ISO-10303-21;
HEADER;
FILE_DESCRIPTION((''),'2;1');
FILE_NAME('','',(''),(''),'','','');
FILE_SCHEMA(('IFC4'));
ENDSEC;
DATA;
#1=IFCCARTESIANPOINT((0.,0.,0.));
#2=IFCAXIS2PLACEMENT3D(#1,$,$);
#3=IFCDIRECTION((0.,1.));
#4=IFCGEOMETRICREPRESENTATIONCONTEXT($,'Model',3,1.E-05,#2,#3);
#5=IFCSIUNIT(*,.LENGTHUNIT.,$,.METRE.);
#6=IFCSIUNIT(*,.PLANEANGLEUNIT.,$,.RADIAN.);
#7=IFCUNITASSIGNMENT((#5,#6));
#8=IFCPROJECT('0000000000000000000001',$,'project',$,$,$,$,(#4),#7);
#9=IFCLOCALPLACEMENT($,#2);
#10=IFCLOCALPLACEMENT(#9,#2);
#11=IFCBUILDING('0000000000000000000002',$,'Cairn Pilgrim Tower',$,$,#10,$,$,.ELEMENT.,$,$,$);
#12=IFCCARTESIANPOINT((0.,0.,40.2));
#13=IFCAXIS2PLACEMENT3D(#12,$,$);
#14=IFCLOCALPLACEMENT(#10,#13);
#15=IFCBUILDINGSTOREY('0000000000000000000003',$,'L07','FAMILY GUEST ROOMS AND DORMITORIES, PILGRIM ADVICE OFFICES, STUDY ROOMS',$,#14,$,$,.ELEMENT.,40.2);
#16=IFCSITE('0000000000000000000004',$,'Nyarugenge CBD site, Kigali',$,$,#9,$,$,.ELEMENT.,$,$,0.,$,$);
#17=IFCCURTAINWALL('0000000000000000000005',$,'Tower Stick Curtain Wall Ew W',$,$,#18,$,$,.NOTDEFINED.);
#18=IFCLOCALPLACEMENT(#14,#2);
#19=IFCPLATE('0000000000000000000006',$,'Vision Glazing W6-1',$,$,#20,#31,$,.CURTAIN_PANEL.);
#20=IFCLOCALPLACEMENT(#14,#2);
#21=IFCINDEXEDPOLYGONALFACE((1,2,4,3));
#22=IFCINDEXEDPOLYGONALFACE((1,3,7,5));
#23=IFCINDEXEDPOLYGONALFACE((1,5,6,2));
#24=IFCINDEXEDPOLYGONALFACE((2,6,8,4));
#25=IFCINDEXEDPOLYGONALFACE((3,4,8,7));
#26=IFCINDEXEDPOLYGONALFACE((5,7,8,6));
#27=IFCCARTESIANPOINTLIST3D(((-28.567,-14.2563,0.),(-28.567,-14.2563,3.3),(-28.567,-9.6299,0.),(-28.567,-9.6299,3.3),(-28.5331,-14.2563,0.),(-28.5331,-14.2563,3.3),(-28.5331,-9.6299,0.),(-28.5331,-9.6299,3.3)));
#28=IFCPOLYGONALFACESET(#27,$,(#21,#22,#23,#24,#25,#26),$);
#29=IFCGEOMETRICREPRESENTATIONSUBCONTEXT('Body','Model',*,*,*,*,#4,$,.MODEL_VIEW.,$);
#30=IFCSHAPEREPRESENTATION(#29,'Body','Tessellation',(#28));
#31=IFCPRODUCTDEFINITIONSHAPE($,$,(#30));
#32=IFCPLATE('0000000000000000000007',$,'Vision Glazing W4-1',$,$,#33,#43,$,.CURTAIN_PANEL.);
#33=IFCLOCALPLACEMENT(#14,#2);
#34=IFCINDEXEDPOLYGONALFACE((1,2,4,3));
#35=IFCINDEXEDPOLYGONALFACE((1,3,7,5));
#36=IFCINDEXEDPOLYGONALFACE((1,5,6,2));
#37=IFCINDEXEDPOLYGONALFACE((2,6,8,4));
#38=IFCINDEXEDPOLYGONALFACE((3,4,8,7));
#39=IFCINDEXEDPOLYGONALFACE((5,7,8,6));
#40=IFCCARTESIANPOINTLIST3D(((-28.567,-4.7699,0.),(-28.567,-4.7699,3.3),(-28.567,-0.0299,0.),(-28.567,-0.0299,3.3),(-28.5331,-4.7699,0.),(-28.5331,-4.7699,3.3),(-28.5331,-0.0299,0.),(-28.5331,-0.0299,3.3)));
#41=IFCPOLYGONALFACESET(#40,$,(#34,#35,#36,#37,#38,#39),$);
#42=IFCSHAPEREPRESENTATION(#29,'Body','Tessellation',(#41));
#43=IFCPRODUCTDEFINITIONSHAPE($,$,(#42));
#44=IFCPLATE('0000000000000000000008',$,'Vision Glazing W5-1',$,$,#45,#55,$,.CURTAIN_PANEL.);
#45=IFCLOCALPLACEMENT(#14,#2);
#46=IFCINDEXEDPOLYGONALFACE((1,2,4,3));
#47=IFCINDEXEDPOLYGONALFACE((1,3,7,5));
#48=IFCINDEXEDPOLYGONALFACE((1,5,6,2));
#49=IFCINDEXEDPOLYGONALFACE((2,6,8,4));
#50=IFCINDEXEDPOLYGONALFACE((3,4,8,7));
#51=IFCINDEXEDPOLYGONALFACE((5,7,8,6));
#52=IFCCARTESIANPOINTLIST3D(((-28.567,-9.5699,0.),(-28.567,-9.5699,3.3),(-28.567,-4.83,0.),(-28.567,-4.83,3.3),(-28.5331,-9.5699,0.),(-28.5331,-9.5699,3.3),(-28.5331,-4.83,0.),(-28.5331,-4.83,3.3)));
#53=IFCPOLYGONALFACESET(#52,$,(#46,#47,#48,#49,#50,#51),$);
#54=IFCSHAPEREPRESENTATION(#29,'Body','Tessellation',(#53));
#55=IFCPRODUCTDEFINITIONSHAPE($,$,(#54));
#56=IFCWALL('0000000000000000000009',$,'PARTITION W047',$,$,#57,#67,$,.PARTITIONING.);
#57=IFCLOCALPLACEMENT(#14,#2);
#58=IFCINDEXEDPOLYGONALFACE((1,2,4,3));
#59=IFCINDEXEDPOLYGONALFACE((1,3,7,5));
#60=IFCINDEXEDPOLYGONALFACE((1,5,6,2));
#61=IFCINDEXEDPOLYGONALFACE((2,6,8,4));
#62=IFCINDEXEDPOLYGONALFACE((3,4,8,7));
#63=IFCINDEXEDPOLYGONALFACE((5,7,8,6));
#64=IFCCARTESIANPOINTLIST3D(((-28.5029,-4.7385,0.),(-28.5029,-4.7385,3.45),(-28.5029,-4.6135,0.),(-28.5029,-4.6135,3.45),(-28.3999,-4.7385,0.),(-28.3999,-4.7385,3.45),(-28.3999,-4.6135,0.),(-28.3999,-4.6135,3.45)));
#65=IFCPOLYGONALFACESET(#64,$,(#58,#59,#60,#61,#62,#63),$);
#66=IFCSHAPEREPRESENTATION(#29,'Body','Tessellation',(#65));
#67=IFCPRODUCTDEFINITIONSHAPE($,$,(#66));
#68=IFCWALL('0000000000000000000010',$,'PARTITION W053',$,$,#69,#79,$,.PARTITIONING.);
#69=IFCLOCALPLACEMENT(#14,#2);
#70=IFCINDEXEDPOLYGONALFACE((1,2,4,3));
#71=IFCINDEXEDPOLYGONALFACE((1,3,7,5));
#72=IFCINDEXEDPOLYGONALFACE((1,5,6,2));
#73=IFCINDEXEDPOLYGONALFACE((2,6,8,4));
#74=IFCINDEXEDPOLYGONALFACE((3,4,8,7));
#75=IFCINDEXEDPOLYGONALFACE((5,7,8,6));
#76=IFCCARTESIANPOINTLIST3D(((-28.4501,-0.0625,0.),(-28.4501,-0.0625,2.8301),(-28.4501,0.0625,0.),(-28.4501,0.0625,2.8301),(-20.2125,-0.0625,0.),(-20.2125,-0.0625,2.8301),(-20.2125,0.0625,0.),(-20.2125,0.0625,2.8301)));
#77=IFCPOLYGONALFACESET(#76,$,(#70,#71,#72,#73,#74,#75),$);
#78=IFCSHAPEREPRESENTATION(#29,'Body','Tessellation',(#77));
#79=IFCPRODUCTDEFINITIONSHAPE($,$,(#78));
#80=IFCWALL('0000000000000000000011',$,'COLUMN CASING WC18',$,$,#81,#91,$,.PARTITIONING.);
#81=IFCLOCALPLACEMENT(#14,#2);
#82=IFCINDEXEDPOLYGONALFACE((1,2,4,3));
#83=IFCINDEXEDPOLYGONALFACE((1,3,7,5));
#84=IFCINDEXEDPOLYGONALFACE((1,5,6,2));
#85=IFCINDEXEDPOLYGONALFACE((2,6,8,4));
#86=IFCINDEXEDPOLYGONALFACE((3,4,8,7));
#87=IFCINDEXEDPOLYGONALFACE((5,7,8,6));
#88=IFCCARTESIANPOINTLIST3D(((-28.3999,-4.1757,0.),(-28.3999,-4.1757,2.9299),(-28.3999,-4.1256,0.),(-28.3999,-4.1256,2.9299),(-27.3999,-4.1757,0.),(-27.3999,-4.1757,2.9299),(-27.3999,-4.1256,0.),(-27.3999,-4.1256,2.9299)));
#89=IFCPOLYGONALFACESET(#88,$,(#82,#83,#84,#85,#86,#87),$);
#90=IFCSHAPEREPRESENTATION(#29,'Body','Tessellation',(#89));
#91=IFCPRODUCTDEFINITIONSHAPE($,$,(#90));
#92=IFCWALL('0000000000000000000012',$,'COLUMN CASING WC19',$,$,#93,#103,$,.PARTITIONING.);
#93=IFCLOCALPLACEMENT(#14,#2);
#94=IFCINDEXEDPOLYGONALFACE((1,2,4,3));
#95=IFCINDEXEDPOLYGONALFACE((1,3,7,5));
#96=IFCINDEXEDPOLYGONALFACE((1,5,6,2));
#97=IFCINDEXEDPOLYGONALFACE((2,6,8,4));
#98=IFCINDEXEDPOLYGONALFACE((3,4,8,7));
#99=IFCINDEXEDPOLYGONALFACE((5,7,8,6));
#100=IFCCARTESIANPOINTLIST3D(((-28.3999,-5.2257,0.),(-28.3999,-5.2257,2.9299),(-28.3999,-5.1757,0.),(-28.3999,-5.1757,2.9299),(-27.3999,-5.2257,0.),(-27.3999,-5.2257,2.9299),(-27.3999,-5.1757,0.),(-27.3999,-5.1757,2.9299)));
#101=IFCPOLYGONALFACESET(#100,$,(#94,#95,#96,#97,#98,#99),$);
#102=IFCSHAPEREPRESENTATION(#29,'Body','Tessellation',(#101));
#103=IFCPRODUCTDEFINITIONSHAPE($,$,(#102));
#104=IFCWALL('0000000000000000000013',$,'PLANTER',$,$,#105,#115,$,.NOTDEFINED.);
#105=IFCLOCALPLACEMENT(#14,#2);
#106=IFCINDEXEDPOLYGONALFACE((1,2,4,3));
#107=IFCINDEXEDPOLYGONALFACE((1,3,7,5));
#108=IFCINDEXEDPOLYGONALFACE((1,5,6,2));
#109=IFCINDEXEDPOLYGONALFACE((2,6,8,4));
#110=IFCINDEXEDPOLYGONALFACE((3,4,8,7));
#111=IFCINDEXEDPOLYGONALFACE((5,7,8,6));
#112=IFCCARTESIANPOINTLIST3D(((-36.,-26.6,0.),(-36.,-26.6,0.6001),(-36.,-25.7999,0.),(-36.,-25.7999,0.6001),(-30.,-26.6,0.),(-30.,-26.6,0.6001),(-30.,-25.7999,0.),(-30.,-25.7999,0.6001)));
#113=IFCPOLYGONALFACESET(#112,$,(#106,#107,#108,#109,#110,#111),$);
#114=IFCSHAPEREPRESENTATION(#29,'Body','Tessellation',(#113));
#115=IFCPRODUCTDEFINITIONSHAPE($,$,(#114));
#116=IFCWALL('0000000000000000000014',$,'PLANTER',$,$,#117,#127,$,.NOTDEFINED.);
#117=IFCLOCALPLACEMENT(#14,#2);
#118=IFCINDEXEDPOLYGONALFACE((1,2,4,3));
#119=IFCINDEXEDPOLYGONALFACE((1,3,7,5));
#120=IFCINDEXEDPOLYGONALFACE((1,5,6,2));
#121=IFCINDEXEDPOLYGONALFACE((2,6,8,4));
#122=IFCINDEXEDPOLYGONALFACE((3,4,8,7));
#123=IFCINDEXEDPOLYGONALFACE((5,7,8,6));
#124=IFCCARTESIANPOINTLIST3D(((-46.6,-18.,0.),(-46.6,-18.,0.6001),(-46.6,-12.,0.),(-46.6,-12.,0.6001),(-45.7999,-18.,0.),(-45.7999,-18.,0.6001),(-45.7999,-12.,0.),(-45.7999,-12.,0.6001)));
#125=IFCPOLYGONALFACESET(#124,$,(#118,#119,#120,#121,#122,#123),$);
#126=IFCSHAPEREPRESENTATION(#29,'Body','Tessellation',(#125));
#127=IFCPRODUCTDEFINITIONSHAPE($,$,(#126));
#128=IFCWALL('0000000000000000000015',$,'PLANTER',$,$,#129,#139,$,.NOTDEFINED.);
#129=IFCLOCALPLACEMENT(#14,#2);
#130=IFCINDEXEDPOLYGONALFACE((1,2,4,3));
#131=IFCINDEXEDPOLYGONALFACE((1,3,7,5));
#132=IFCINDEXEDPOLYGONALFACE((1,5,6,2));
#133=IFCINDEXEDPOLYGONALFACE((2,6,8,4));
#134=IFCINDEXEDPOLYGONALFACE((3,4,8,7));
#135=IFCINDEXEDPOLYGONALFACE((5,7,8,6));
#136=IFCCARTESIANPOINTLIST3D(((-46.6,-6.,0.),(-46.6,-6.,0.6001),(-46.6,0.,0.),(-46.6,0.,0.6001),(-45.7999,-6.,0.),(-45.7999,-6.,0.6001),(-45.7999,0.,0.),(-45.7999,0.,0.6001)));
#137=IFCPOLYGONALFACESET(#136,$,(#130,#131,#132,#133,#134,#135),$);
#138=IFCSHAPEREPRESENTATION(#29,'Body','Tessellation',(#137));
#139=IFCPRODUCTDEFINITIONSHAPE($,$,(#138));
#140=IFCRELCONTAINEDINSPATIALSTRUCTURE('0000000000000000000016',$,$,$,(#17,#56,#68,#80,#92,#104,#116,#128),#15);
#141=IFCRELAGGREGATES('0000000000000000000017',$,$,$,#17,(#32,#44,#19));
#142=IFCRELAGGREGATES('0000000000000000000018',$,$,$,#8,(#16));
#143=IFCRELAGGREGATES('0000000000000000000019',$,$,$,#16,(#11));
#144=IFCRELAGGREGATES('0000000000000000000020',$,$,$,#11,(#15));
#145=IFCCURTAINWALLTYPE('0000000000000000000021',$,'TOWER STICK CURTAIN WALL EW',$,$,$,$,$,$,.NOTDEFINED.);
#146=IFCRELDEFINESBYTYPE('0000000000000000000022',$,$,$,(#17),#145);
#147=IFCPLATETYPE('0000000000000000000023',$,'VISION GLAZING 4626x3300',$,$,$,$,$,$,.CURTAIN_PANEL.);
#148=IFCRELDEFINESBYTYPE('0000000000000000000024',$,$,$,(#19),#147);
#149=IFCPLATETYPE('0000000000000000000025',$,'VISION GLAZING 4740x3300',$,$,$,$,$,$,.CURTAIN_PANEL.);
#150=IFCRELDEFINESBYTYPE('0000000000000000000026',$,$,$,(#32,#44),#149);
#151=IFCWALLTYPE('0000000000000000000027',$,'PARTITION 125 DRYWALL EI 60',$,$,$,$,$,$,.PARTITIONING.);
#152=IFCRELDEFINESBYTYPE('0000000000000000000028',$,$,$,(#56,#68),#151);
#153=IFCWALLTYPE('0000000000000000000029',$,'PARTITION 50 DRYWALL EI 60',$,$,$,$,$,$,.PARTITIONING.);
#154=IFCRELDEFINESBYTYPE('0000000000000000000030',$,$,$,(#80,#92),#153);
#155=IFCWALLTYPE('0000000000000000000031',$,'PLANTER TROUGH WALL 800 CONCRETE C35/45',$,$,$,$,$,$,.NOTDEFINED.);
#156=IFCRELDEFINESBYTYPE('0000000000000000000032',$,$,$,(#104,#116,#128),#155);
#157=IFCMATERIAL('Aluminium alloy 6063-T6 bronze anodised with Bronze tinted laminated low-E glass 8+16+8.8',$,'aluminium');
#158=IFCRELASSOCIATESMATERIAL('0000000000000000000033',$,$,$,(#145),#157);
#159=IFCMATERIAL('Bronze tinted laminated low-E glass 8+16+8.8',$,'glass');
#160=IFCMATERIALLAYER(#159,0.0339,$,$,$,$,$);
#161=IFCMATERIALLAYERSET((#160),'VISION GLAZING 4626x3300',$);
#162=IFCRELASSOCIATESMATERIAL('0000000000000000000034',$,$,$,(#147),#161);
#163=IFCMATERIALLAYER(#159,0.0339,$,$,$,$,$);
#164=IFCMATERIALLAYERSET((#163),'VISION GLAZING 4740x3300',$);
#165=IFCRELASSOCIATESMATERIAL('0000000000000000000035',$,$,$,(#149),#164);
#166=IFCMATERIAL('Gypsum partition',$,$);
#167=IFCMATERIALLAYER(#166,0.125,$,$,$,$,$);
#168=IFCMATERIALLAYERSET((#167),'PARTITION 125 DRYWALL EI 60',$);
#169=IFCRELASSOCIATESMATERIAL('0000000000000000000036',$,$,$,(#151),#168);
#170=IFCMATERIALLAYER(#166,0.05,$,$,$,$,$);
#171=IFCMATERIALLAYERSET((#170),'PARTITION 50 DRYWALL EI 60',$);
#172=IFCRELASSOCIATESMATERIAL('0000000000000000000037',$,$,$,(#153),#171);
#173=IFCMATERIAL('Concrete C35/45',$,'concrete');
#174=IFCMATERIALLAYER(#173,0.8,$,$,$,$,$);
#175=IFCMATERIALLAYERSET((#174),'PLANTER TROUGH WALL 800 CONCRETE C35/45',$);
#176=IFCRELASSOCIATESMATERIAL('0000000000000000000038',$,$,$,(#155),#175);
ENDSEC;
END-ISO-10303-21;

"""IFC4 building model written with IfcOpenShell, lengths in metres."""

from ifc_helpers import new_model, si_unit, direction, frame, frame_2d, origin, origin_2d, place, context, subcontext, project, spatial, rectangle, extrude, material, layer, layer_set, type_object, element, aggregate, save


model = new_model("IFC4")

# Units and contexts
model_context = context("Model", 3, precision=1e-05, world=origin(), true_north=direction((0.0, 1.0)))
body_context = subcontext(model_context, "Body", "Model", "MODEL_VIEW")
ifc_project = project(units=[si_unit("LENGTHUNIT", "METRE"), si_unit("PLANEANGLEUNIT", "RADIAN")], contexts=[model_context])

# Site, building, storey
site_placement = place(None, origin())
site = spatial("IfcSite", under=ifc_project, at=site_placement, Name="Nyarugenge CBD site, Kigali", CompositionType="ELEMENT", RefElevation=0.0)
building_placement = place(site_placement, origin())
building = spatial("IfcBuilding", under=site, at=building_placement, Name="Cairn Pilgrim Tower", CompositionType="ELEMENT")
storey_placement = place(building_placement, frame((0.0, 0.0, 40.2)))
storey = spatial("IfcBuildingStorey", under=building, at=storey_placement, Name="L07", Description="FAMILY GUEST ROOMS AND DORMITORIES, PILGRIM ADVICE OFFICES, STUDY ROOMS", CompositionType="ELEMENT", Elevation=40.2)

# Curtain wall
ifc_material_1 = material(Name="Aluminium alloy 6063-T6 bronze anodised with Bronze tinted laminated low-E glass 8+16+8.8", Category="aluminium")
curtain_wall_type_1 = type_object("IfcCurtainWallType", Name="TOWER STICK CURTAIN WALL EW", PredefinedType="NOTDEFINED", material=ifc_material_1)
curtain_wall_1_placement = place(storey_placement, origin())
curtain_wall_1 = element("IfcCurtainWall", 1, at=curtain_wall_1_placement, inside=storey, type_object=curtain_wall_type_1, Name="Tower Stick Curtain Wall Ew W", PredefinedType="NOTDEFINED")

# Plates
ifc_material_2 = material(Name="Bronze tinted laminated low-E glass 8+16+8.8", Category="glass")
ifc_layer_1 = layer(ifc_material_2, 0.0339)
ifc_layer_set_1 = layer_set([ifc_layer_1], Name="VISION GLAZING 4626x3300")
plate_type_1 = type_object("IfcPlateType", Name="VISION GLAZING 4626x3300", PredefinedType="CURTAIN_PANEL", material=ifc_layer_set_1)
plate_1_placement = place(storey_placement, frame((-28.55, -11.9431, 0.0), z_axis=(0.0, 0.0, 1.0), x_axis=(0.0, -1.0, 0.0)))
plate_1 = element("IfcPlate", 2, at=plate_1_placement, type_object=plate_type_1, Name="Vision Glazing W6-1", PredefinedType="CURTAIN_PANEL", context=body_context, shape_type="SweptSolid", body=[
    extrude(rectangle(XDim=4.6265, YDim=0.0339, at=origin_2d()), origin(), (0.0, 0.0, 1.0), 3.3),
])
ifc_layer_2 = layer(ifc_material_2, 0.0339)
ifc_layer_set_2 = layer_set([ifc_layer_2], Name="VISION GLAZING 4740x3300")
plate_type_2 = type_object("IfcPlateType", Name="VISION GLAZING 4740x3300", PredefinedType="CURTAIN_PANEL", material=ifc_layer_set_2)
plate_2_placement = place(storey_placement, frame((-28.55, -2.3999, 0.0), z_axis=(0.0, 0.0, 1.0), x_axis=(0.0, -1.0, 0.0)))
plate_2 = element("IfcPlate", 3, at=plate_2_placement, type_object=plate_type_2, Name="Vision Glazing W4-1", PredefinedType="CURTAIN_PANEL", context=body_context, shape_type="SweptSolid", body=[
    extrude(rectangle(XDim=4.74, YDim=0.0339, at=origin_2d()), origin(), (0.0, 0.0, 1.0), 3.3),
])
plate_3_placement = place(storey_placement, frame((-28.55, -7.2, 0.0), z_axis=(0.0, 0.0, 1.0), x_axis=(0.0, -1.0, 0.0)))
plate_3 = element("IfcPlate", 4, at=plate_3_placement, type_object=plate_type_2, Name="Vision Glazing W5-1", PredefinedType="CURTAIN_PANEL", context=body_context, shape_type="SweptSolid", body=[
    extrude(rectangle(XDim=4.74, YDim=0.0339, at=origin_2d()), origin(), (0.0, 0.0, 1.0), 3.3),
])
aggregate(curtain_wall_1, [plate_2, plate_3, plate_1])

# Walls
ifc_material_3 = material(Name="Gypsum partition")
ifc_layer_3 = layer(ifc_material_3, 0.125)
ifc_layer_set_3 = layer_set([ifc_layer_3], Name="PARTITION 125 DRYWALL EI 60")
wall_type_1 = type_object("IfcWallType", Name="PARTITION 125 DRYWALL EI 60", PredefinedType="PARTITIONING", material=ifc_layer_set_3)
wall_1_placement = place(storey_placement, frame((-28.5029, -4.676, 0.0), z_axis=(0.0, 0.0, 1.0), x_axis=(1.0, 0.0, 0.0)))
element("IfcWall", 5, at=wall_1_placement, inside=storey, type_object=wall_type_1, Name="PARTITION W047", PredefinedType="PARTITIONING", context=body_context, shape_type="SweptSolid", body=[
    extrude(rectangle(XDim=0.103, YDim=0.125, at=frame_2d((0.0515, 0.0))), origin(), (0.0, 0.0, 1.0), 3.45),
])
wall_2_placement = place(storey_placement, frame((-28.45, 0.0, 0.0), z_axis=(0.0, 0.0, 1.0), x_axis=(1.0, 0.0, 0.0)))
element("IfcWall", 6, at=wall_2_placement, inside=storey, type_object=wall_type_1, Name="PARTITION W053", PredefinedType="PARTITIONING", context=body_context, shape_type="SweptSolid", body=[
    extrude(rectangle(XDim=8.2375, YDim=0.125, at=frame_2d((4.1187, 0.0))), origin(), (0.0, 0.0, 1.0), 2.8301),
])
ifc_layer_4 = layer(ifc_material_3, 0.05)
ifc_layer_set_4 = layer_set([ifc_layer_4], Name="PARTITION 50 DRYWALL EI 60")
wall_type_2 = type_object("IfcWallType", Name="PARTITION 50 DRYWALL EI 60", PredefinedType="PARTITIONING", material=ifc_layer_set_4)
for number, where, z_axis, x_axis, name in (
    (7, (-28.3999, -4.1506, 0.0), (0.0, 0.0, 1.0), (1.0, 0.0, 0.0), "COLUMN CASING WC18"),
    (8, (-28.3999, -5.2007, 0.0), (0.0, 0.0, 1.0), (1.0, 0.0, 0.0), "COLUMN CASING WC19"),
):
    element("IfcWall", number, at=place(storey_placement, frame(where, z_axis=z_axis, x_axis=x_axis)), inside=storey, type_object=wall_type_2, Name=name, PredefinedType="PARTITIONING", context=body_context, shape_type="SweptSolid", body=[
        extrude(rectangle(XDim=1.0, YDim=0.05, at=frame_2d((0.5, 0.0))), origin(), (0.0, 0.0, 1.0), 2.9299),
    ])
ifc_material_4 = material(Name="Concrete C35/45", Category="concrete")
ifc_layer_5 = layer(ifc_material_4, 0.8)
ifc_layer_set_5 = layer_set([ifc_layer_5], Name="PLANTER TROUGH WALL 800 CONCRETE C35/45")
wall_type_3 = type_object("IfcWallType", Name="PLANTER TROUGH WALL 800 CONCRETE C35/45", PredefinedType="NOTDEFINED", material=ifc_layer_set_5)
for number, where, z_axis, x_axis, name in (
    (9, (-36.0, -26.2, 0.0), (0.0, 0.0, 1.0), (1.0, 0.0, 0.0), "PLANTER"),
    (10, (-46.2, -18.0, 0.0), (0.0, 0.0, 1.0), (0.0, 1.0, 0.0), "PLANTER"),
    (11, (-46.2, -6.0, 0.0), (0.0, 0.0, 1.0), (0.0, 1.0, 0.0), "PLANTER"),
):
    element("IfcWall", number, at=place(storey_placement, frame(where, z_axis=z_axis, x_axis=x_axis)), inside=storey, type_object=wall_type_3, Name=name, PredefinedType="NOTDEFINED", context=body_context, shape_type="SweptSolid", body=[
        extrude(rectangle(XDim=6.0, YDim=0.8, at=frame_2d((3.0, 0.0))), origin(), (0.0, 0.0, 1.0), 0.6001),
    ])

save(model, "model.ifc")
